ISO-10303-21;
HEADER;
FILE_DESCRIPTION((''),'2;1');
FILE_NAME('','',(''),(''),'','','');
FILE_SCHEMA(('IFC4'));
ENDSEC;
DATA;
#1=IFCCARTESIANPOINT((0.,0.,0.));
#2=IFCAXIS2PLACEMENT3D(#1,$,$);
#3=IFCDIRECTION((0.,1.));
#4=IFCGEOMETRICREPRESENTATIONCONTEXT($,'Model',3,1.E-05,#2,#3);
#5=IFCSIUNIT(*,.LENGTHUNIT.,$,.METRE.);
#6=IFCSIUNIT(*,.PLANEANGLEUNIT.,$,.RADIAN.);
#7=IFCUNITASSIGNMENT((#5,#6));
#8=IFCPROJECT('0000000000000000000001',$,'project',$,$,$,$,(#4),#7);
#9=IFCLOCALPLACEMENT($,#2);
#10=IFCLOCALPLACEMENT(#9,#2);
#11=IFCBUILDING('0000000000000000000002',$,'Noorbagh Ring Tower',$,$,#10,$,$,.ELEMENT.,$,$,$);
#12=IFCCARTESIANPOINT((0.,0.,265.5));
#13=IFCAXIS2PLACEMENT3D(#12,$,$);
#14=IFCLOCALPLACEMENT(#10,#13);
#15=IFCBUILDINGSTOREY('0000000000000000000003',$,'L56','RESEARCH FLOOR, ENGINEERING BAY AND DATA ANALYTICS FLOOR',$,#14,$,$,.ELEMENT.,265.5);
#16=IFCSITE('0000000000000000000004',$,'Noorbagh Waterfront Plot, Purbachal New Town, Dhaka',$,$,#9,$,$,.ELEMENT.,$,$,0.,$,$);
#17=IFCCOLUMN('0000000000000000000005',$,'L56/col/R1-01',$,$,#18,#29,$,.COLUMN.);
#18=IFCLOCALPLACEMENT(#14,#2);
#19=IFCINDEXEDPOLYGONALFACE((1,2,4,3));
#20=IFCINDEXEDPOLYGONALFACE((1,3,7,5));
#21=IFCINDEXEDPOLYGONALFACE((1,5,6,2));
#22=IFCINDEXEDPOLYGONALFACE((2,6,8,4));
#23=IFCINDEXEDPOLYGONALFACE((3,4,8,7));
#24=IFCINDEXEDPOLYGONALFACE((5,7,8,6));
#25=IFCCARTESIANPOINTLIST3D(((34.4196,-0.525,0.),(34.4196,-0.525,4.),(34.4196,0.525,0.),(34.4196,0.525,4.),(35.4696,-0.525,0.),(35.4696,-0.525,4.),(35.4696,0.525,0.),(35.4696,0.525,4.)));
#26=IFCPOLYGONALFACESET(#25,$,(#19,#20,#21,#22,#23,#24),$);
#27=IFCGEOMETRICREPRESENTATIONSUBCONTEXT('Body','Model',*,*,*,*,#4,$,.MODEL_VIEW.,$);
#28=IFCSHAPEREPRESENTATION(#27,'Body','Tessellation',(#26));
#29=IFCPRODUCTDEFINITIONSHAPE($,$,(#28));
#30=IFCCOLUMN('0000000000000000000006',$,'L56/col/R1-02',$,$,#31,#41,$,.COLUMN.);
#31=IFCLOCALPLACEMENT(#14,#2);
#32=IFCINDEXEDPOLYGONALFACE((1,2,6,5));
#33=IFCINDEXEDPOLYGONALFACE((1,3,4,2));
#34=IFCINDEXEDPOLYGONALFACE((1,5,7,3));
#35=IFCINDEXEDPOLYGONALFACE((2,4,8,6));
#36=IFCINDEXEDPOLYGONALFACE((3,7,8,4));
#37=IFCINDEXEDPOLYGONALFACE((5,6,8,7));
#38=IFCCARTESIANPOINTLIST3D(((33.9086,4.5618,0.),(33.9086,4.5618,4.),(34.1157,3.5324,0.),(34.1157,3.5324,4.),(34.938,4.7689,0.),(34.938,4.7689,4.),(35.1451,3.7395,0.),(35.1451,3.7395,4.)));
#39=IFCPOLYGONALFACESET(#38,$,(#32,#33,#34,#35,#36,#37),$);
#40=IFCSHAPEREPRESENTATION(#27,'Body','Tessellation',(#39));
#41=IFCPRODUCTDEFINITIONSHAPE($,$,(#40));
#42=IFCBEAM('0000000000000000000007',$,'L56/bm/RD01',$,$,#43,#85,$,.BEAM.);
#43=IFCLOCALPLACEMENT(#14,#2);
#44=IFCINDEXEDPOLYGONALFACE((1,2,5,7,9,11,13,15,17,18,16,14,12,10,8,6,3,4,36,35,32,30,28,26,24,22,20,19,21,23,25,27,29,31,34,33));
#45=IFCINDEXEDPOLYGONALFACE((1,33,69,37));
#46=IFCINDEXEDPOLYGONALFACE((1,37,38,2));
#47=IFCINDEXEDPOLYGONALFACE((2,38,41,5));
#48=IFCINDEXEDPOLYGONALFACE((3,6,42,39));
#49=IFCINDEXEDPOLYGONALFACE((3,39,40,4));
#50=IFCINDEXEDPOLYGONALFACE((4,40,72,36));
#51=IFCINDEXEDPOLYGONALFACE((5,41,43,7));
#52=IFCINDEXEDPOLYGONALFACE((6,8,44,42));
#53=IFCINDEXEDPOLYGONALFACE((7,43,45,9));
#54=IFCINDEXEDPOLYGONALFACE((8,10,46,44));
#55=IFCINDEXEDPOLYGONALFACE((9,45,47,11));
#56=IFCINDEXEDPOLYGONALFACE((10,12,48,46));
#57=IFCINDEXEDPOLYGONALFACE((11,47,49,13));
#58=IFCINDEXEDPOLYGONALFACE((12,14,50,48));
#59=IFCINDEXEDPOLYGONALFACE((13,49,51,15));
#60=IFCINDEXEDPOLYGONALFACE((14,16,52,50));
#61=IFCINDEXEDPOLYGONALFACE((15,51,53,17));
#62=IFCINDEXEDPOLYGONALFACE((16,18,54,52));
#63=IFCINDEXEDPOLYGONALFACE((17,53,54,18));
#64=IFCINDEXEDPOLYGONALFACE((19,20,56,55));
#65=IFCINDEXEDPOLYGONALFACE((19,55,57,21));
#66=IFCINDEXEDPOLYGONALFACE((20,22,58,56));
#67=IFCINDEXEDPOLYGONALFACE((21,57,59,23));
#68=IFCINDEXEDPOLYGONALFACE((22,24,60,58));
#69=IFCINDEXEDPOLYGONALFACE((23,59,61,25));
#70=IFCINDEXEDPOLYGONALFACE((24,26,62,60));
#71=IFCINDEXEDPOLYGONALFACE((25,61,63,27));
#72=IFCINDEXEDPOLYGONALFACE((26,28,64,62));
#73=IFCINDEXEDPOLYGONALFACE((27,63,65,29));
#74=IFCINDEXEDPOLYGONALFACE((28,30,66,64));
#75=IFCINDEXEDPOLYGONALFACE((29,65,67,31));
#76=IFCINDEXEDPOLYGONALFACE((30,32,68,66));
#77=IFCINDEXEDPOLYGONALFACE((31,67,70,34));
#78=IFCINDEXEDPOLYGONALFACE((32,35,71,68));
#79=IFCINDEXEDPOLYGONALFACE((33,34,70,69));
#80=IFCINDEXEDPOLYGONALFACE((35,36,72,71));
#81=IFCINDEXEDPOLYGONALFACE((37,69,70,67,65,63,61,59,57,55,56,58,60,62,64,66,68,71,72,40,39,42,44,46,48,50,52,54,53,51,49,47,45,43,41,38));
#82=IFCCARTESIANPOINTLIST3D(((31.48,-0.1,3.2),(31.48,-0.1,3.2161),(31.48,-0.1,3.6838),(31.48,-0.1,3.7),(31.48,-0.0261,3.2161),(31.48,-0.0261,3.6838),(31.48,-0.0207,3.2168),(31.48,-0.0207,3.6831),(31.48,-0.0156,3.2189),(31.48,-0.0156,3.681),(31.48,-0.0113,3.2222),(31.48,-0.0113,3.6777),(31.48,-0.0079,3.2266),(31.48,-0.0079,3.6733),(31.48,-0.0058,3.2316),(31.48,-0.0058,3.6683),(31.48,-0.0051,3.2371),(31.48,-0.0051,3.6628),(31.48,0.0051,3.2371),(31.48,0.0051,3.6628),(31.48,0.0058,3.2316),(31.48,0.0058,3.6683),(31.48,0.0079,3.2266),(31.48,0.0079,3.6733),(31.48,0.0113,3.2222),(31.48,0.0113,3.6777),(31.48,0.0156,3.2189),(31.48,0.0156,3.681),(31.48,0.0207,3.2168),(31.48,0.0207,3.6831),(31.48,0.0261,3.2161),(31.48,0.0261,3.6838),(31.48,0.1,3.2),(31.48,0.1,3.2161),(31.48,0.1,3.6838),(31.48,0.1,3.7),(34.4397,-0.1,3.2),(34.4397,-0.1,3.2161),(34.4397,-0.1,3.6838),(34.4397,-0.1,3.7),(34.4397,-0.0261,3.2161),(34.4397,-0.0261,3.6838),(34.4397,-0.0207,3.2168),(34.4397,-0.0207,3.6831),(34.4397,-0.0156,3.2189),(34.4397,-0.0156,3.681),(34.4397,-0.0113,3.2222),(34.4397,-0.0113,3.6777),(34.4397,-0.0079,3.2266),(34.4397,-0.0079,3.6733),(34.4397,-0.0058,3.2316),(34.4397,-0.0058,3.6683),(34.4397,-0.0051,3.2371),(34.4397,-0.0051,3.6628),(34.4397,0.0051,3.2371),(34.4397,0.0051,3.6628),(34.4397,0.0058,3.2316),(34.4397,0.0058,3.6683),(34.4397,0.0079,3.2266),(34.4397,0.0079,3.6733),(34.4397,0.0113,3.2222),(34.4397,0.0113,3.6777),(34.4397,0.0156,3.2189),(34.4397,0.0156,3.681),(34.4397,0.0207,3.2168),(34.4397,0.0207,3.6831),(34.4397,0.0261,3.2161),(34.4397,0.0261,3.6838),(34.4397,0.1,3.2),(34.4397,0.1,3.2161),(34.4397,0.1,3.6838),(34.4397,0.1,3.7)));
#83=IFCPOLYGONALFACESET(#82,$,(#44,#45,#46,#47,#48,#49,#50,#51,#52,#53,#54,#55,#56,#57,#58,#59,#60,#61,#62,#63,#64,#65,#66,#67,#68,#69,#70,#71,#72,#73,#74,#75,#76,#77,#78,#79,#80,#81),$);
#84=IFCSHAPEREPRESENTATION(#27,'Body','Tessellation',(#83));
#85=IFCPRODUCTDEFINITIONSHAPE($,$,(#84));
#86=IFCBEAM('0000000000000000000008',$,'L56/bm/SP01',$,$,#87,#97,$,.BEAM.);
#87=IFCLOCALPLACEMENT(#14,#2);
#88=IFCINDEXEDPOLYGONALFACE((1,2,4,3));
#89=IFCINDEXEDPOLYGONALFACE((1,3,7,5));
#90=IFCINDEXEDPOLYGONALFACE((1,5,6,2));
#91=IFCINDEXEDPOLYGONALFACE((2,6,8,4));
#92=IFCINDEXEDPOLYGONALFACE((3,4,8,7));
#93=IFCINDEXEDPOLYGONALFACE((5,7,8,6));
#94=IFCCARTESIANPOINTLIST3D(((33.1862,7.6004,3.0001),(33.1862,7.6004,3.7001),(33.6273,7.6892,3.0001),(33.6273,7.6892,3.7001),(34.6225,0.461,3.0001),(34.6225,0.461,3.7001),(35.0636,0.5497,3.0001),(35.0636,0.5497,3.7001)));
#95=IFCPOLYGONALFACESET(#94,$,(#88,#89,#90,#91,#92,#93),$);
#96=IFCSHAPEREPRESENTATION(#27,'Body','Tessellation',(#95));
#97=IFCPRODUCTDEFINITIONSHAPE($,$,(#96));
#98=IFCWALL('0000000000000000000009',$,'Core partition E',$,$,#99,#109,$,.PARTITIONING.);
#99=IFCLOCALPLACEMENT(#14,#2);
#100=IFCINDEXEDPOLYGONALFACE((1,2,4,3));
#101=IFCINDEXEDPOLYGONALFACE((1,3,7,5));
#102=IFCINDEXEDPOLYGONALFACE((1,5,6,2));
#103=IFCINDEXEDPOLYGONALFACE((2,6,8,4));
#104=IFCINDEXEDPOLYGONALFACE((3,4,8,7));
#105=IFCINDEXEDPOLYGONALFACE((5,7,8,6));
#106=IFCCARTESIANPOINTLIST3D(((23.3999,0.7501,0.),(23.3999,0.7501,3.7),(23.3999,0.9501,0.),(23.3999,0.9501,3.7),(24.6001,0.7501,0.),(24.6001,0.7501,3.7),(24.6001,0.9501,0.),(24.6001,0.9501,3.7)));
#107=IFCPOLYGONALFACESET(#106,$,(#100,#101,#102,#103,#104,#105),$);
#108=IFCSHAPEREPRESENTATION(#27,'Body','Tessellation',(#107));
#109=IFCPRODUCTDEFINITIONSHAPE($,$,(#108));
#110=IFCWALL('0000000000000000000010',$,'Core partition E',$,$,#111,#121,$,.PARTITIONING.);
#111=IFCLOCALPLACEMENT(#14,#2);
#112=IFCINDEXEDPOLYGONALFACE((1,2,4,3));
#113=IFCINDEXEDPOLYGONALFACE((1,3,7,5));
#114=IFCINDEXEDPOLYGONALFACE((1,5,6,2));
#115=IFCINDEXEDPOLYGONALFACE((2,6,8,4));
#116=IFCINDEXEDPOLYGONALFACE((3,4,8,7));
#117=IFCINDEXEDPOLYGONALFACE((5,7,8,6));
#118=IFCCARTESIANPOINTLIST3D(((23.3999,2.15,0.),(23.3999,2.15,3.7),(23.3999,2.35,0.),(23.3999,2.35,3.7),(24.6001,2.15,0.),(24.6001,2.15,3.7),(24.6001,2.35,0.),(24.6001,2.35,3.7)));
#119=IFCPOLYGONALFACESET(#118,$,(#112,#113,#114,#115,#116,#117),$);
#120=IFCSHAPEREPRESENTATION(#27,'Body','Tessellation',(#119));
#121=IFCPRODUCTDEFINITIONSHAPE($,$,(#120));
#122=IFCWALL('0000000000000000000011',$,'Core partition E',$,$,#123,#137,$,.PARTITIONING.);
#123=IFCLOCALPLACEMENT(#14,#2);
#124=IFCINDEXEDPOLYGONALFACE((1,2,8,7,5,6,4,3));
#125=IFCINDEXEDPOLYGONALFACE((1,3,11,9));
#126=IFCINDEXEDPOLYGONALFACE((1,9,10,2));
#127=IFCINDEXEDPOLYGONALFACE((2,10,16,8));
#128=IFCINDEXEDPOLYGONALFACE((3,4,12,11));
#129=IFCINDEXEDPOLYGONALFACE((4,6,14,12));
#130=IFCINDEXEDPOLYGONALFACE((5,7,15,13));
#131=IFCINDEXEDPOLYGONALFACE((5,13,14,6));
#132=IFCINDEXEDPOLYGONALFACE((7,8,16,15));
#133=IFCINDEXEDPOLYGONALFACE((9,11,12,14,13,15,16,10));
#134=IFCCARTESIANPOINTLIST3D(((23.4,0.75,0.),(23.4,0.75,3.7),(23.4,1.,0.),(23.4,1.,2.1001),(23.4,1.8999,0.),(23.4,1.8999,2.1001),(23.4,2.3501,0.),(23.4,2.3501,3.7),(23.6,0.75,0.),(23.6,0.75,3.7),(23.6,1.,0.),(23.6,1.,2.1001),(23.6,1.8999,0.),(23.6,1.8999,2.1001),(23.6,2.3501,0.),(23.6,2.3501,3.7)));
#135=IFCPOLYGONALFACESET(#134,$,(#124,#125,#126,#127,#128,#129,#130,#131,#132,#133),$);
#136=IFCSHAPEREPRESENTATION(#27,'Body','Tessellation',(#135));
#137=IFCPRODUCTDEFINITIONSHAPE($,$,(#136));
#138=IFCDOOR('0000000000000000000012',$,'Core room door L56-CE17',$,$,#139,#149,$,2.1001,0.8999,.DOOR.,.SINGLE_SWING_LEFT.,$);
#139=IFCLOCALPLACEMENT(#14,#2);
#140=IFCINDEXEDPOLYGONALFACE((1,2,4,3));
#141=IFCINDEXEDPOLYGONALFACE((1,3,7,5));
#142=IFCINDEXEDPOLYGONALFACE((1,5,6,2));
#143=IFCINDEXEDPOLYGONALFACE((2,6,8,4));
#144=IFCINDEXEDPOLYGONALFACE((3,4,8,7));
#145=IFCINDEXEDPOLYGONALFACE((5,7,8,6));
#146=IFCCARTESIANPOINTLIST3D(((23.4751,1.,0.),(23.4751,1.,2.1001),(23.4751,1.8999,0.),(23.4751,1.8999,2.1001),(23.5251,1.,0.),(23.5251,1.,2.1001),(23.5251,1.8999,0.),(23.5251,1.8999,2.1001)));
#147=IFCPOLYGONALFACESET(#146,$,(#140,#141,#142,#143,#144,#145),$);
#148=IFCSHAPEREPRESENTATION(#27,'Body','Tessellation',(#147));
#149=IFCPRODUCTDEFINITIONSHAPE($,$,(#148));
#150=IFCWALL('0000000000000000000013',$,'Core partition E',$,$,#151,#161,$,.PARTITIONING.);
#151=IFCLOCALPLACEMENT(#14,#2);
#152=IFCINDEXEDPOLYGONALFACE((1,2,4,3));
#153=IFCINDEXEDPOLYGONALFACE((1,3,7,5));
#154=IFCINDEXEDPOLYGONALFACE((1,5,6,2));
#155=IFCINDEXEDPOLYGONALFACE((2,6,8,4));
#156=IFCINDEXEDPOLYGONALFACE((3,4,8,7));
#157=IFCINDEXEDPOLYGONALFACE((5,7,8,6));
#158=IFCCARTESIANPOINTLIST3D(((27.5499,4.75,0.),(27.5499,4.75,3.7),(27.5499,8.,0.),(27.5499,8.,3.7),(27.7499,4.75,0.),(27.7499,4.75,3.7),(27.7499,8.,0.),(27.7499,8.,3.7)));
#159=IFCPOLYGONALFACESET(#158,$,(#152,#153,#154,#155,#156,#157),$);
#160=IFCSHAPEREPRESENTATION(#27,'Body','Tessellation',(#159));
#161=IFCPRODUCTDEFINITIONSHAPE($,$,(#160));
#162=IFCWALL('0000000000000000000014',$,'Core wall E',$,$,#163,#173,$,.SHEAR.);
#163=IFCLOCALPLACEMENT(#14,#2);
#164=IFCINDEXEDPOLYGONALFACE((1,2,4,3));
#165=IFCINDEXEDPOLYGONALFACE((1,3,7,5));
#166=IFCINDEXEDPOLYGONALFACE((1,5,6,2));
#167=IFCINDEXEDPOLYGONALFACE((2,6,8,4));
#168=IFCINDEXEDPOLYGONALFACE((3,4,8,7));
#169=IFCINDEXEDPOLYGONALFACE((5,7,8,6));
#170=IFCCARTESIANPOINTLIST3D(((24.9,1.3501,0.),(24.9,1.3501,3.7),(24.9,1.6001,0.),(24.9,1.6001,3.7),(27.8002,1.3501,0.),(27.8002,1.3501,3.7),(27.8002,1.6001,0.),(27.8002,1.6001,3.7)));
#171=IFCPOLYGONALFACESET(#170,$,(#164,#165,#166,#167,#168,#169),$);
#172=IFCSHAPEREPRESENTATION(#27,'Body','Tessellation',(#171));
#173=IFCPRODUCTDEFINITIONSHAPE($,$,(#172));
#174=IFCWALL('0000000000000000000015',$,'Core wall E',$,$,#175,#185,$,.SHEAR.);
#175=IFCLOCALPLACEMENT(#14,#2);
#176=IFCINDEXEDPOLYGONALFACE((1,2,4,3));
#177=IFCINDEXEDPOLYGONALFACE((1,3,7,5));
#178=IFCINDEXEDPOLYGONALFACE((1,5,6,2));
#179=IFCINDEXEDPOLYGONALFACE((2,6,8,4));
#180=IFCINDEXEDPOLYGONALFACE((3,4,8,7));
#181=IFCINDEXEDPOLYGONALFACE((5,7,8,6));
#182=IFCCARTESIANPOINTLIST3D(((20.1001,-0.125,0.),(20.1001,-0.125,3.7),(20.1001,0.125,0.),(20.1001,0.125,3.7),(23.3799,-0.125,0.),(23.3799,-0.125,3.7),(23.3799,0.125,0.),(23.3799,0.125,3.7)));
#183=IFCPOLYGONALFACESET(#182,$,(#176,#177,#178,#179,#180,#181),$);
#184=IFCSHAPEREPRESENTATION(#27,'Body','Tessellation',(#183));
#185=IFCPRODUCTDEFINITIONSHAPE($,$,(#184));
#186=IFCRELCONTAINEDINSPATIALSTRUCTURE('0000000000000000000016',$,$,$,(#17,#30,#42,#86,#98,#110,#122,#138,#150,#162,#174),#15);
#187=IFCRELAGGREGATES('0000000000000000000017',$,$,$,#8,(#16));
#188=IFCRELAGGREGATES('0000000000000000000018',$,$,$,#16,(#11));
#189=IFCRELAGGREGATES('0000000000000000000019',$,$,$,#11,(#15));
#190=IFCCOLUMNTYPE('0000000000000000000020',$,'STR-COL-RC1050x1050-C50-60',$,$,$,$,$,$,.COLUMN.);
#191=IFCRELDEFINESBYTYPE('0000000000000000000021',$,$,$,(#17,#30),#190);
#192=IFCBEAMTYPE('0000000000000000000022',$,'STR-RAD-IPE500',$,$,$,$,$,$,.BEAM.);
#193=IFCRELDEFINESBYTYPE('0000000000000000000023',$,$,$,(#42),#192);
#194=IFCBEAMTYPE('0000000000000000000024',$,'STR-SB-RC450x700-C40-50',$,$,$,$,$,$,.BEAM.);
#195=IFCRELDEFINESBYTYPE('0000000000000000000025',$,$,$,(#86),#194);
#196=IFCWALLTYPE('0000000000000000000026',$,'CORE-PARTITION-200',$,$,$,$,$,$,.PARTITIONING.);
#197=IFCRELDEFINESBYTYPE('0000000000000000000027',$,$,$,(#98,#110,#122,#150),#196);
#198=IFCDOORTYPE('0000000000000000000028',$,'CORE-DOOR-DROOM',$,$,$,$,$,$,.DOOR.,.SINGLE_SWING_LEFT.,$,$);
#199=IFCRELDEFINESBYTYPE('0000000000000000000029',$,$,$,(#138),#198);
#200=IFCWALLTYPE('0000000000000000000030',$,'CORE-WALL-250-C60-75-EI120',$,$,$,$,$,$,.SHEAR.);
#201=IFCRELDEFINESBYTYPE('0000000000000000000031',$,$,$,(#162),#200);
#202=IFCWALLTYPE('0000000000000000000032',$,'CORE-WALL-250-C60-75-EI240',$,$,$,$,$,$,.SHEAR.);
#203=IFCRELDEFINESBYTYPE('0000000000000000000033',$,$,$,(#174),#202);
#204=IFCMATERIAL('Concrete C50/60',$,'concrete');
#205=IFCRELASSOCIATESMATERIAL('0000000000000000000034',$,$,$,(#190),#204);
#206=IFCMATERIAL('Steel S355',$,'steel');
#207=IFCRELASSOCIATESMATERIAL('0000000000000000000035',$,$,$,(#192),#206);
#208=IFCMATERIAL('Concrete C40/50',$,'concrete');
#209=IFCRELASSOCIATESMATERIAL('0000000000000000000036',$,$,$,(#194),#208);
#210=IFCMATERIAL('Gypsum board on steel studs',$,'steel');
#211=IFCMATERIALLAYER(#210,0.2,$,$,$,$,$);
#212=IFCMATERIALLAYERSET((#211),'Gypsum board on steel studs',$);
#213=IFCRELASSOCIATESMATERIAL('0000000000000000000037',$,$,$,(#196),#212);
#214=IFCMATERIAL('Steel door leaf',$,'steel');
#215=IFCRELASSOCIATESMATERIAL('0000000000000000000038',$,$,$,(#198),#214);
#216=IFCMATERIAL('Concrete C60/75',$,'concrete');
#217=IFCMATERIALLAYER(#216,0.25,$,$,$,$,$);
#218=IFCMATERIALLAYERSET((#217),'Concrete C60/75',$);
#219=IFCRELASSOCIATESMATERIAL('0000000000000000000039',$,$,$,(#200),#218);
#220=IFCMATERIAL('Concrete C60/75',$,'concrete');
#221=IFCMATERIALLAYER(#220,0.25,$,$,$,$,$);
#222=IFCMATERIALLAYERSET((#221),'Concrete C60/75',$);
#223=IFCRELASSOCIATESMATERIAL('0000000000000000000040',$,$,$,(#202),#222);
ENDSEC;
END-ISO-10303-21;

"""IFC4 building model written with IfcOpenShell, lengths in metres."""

from ifc_helpers import new_model, si_unit, direction, frame, frame_2d, origin, origin_2d, place, context, subcontext, project, spatial, rectangle, i_section, extrude, material, layer, layer_set, material_profile, profile_set, type_object, element, fill, save


model = new_model("IFC4")

# Units and contexts
model_context = context("Model", 3, precision=1e-05, world=origin(), true_north=direction((0.0, 1.0)))
body_context = subcontext(model_context, "Body", "Model", "MODEL_VIEW")
ifc_project = project(units=[si_unit("LENGTHUNIT", "METRE"), si_unit("PLANEANGLEUNIT", "RADIAN")], contexts=[model_context])

# Site, building, storey
site_placement = place(None, origin())
site = spatial("IfcSite", under=ifc_project, at=site_placement, Name="Noorbagh Waterfront Plot, Purbachal New Town, Dhaka", CompositionType="ELEMENT", RefElevation=0.0)
building_placement = place(site_placement, origin())
building = spatial("IfcBuilding", under=site, at=building_placement, Name="Noorbagh Ring Tower", CompositionType="ELEMENT")
storey_placement = place(building_placement, frame((0.0, 0.0, 265.5)))
storey = spatial("IfcBuildingStorey", under=building, at=storey_placement, Name="L56", Description="RESEARCH FLOOR, ENGINEERING BAY AND DATA ANALYTICS FLOOR", CompositionType="ELEMENT", Elevation=265.5)

# Columns
ifc_material_1 = material(Name="Concrete C50/60", Category="concrete")
ifc_material_profile_1 = material_profile(ifc_material_1, rectangle(XDim=1.05, YDim=1.05, at=origin_2d()), Name="RC1050x1050")
ifc_profile_set_1 = profile_set([ifc_material_profile_1], Name="Concrete C50/60")
column_type = type_object("IfcColumnType", Name="STR-COL-RC1050x1050-C50-60", PredefinedType="COLUMN", material=ifc_profile_set_1)
for number, where, z_axis, x_axis, name in (
    (1, (34.9446, 0.0, 0.0), (0.0, 0.0, 1.0), (0.0, 1.0, 0.0), "L56/col/R1-01"),
    (2, (34.5269, 4.1506, 0.0), (0.0, 0.0, 1.0), (-0.19723, 0.980357, 0.0), "L56/col/R1-02"),
):
    element("IfcColumn", number, at=place(storey_placement, frame(where, z_axis=z_axis, x_axis=x_axis)), inside=storey, type_object=column_type, Name=name, PredefinedType="COLUMN", context=body_context, shape_type="SweptSolid", body=[
        extrude(rectangle(XDim=1.05, YDim=1.05, at=origin_2d()), origin(), (0.0, 0.0, 1.0), 4.0),
    ])

# Beams
ifc_material_2 = material(Name="Steel S355", Category="steel")
ifc_material_profile_2 = material_profile(ifc_material_2, i_section(OverallWidth=0.2, OverallDepth=0.5, WebThickness=0.0103, FlangeThickness=0.0161, FilletRadius=0.021, at=origin_2d()), Name="IPE500")
ifc_profile_set_2 = profile_set([ifc_material_profile_2], Name="Steel S355")
beam_type_1 = type_object("IfcBeamType", Name="STR-RAD-IPE500", PredefinedType="BEAM", material=ifc_profile_set_2)
beam_1_placement = place(storey_placement, frame((34.4397, 0.0, 3.45), z_axis=(-1.0, 0.0, 0.0), x_axis=(0.0, -1.0, 0.0)))
element("IfcBeam", 3, at=beam_1_placement, inside=storey, type_object=beam_type_1, Name="L56/bm/RD01", PredefinedType="BEAM", context=body_context, shape_type="SweptSolid", body=[
    extrude(i_section(OverallWidth=0.2, OverallDepth=0.5, WebThickness=0.0103, FlangeThickness=0.0161, FilletRadius=0.021, at=origin_2d()), origin(), (0.0, 0.0, 1.0), 2.9597),
])
ifc_material_3 = material(Name="Concrete C40/50", Category="concrete")
ifc_material_profile_3 = material_profile(ifc_material_3, rectangle(XDim=0.45, YDim=0.7, at=origin_2d()), Name="RC450x700")
ifc_profile_set_3 = profile_set([ifc_material_profile_3], Name="Concrete C40/50")
beam_type_2 = type_object("IfcBeamType", Name="STR-SB-RC450x700-C40-50", PredefinedType="BEAM", material=ifc_profile_set_3)
beam_2_placement = place(storey_placement, frame((34.843, 0.5054, 3.3501), z_axis=(-0.197225, 0.980358, 0.0), x_axis=(-0.980358, -0.197225, 0.0)))
element("IfcBeam", 4, at=beam_2_placement, inside=storey, type_object=beam_type_2, Name="L56/bm/SP01", PredefinedType="BEAM", context=body_context, shape_type="SweptSolid", body=[
    extrude(rectangle(XDim=0.45, YDim=0.7, at=origin_2d()), origin(), (0.0, 0.0, 1.0), 7.2825),
])

# Walls
ifc_material_4 = material(Name="Gypsum board on steel studs", Category="steel")
ifc_layer_1 = layer(ifc_material_4, 0.2)
ifc_layer_set_1 = layer_set([ifc_layer_1], Name="Gypsum board on steel studs")
wall_type_1 = type_object("IfcWallType", Name="CORE-PARTITION-200", PredefinedType="PARTITIONING", material=ifc_layer_set_1)
for number, where, z_axis, x_axis, name in (
    (5, (23.3999, 0.8501, 0.0), (0.0, 0.0, 1.0), (1.0, 0.0, 0.0), "Core partition E"),
    (6, (23.3999, 2.25, 0.0), (0.0, 0.0, 1.0), (1.0, 0.0, 0.0), "Core partition E"),
):
    element("IfcWall", number, at=place(storey_placement, frame(where, z_axis=z_axis, x_axis=x_axis)), inside=storey, type_object=wall_type_1, Name=name, PredefinedType="PARTITIONING", context=body_context, shape_type="SweptSolid", body=[
        extrude(rectangle(XDim=1.2002, YDim=0.2, at=frame_2d((0.6001, 0.0))), origin(), (0.0, 0.0, 1.0), 3.7),
    ])

# Wall, opening, door
wall_1_placement = place(storey_placement, frame((23.5, 0.75, 0.0), z_axis=(0.0, 0.0, 1.0), x_axis=(0.0, 1.0, 0.0)))
wall_1 = element("IfcWall", 7, at=wall_1_placement, inside=storey, type_object=wall_type_1, Name="Core partition E", PredefinedType="PARTITIONING", context=body_context, shape_type="SweptSolid", body=[
    extrude(rectangle(XDim=1.6001, YDim=0.2, at=frame_2d((0.8, 0.0))), origin(), (0.0, 0.0, 1.0), 3.7),
])
opening_1_placement = place(wall_1_placement, frame((0.25, 0.0, 0.0)))
opening_1 = element("IfcOpeningElement", 8, at=opening_1_placement, cuts=wall_1, PredefinedType="OPENING", context=body_context, shape_type="SweptSolid", body=[
    extrude(rectangle(XDim=0.8999, YDim=2.1001, at=frame_2d((0.45, 1.05))), frame((0.0, 0.1099, 0.0), z_axis=(0.0, -1.0, 0.0), x_axis=(1.0, 0.0, 0.0)), (0.0, 0.0, 1.0), 0.22),
])
ifc_material_5 = material(Name="Steel door leaf", Category="steel")
door_type_1 = type_object("IfcDoorType", Name="CORE-DOOR-DROOM", OperationType="SINGLE_SWING_LEFT", PredefinedType="DOOR", material=ifc_material_5)
door_1_placement = place(opening_1_placement, origin())
door_1 = element("IfcDoor", 9, at=door_1_placement, inside=storey, type_object=door_type_1, Name="Core room door L56-CE17", OperationType="SINGLE_SWING_LEFT", OverallHeight=2.1001, OverallWidth=0.8999, PredefinedType="DOOR", context=body_context, shape_type="SweptSolid", body=[
    extrude(rectangle(XDim=0.8999, YDim=2.1001, at=frame_2d((0.45, 1.05))), frame((0.0, 0.0249, 0.0), z_axis=(0.0, -1.0, 0.0), x_axis=(1.0, 0.0, 0.0)), (0.0, 0.0, 1.0), 0.05),
])
fill(opening_1, door_1)

# Walls
wall_2_placement = place(storey_placement, frame((27.6499, 4.75, 0.0), z_axis=(0.0, 0.0, 1.0), x_axis=(0.0, 1.0, 0.0)))
element("IfcWall", 10, at=wall_2_placement, inside=storey, type_object=wall_type_1, Name="Core partition E", PredefinedType="PARTITIONING", context=body_context, shape_type="SweptSolid", body=[
    extrude(rectangle(XDim=3.25, YDim=0.2, at=frame_2d((1.625, 0.0))), origin(), (0.0, 0.0, 1.0), 3.7),
])
ifc_material_6 = material(Name="Concrete C60/75", Category="concrete")
ifc_layer_2 = layer(ifc_material_6, 0.25)
ifc_layer_set_2 = layer_set([ifc_layer_2], Name="Concrete C60/75")
wall_type_2 = type_object("IfcWallType", Name="CORE-WALL-250-C60-75-EI120", PredefinedType="SHEAR", material=ifc_layer_set_2)
wall_3_placement = place(storey_placement, frame((24.8999, 1.4751, 0.0), z_axis=(0.0, 0.0, 1.0), x_axis=(1.0, 0.0, 0.0)))
element("IfcWall", 11, at=wall_3_placement, inside=storey, type_object=wall_type_2, Name="Core wall E", PredefinedType="SHEAR", context=body_context, shape_type="SweptSolid", body=[
    extrude(rectangle(XDim=2.9001, YDim=0.25, at=frame_2d((1.4502, 0.0))), origin(), (0.0, 0.0, 1.0), 3.7),
])
ifc_material_7 = material(Name="Concrete C60/75", Category="concrete")
ifc_layer_3 = layer(ifc_material_7, 0.25)
ifc_layer_set_3 = layer_set([ifc_layer_3], Name="Concrete C60/75")
wall_type_3 = type_object("IfcWallType", Name="CORE-WALL-250-C60-75-EI240", PredefinedType="SHEAR", material=ifc_layer_set_3)
wall_4_placement = place(storey_placement, frame((20.1001, 0.0, 0.0), z_axis=(0.0, 0.0, 1.0), x_axis=(1.0, 0.0, 0.0)))
element("IfcWall", 12, at=wall_4_placement, inside=storey, type_object=wall_type_3, Name="Core wall E", PredefinedType="SHEAR", context=body_context, shape_type="SweptSolid", body=[
    extrude(rectangle(XDim=3.2798, YDim=0.25, at=frame_2d((1.6399, 0.0))), origin(), (0.0, 0.0, 1.0), 3.7),
])

save(model, "model.ifc")
